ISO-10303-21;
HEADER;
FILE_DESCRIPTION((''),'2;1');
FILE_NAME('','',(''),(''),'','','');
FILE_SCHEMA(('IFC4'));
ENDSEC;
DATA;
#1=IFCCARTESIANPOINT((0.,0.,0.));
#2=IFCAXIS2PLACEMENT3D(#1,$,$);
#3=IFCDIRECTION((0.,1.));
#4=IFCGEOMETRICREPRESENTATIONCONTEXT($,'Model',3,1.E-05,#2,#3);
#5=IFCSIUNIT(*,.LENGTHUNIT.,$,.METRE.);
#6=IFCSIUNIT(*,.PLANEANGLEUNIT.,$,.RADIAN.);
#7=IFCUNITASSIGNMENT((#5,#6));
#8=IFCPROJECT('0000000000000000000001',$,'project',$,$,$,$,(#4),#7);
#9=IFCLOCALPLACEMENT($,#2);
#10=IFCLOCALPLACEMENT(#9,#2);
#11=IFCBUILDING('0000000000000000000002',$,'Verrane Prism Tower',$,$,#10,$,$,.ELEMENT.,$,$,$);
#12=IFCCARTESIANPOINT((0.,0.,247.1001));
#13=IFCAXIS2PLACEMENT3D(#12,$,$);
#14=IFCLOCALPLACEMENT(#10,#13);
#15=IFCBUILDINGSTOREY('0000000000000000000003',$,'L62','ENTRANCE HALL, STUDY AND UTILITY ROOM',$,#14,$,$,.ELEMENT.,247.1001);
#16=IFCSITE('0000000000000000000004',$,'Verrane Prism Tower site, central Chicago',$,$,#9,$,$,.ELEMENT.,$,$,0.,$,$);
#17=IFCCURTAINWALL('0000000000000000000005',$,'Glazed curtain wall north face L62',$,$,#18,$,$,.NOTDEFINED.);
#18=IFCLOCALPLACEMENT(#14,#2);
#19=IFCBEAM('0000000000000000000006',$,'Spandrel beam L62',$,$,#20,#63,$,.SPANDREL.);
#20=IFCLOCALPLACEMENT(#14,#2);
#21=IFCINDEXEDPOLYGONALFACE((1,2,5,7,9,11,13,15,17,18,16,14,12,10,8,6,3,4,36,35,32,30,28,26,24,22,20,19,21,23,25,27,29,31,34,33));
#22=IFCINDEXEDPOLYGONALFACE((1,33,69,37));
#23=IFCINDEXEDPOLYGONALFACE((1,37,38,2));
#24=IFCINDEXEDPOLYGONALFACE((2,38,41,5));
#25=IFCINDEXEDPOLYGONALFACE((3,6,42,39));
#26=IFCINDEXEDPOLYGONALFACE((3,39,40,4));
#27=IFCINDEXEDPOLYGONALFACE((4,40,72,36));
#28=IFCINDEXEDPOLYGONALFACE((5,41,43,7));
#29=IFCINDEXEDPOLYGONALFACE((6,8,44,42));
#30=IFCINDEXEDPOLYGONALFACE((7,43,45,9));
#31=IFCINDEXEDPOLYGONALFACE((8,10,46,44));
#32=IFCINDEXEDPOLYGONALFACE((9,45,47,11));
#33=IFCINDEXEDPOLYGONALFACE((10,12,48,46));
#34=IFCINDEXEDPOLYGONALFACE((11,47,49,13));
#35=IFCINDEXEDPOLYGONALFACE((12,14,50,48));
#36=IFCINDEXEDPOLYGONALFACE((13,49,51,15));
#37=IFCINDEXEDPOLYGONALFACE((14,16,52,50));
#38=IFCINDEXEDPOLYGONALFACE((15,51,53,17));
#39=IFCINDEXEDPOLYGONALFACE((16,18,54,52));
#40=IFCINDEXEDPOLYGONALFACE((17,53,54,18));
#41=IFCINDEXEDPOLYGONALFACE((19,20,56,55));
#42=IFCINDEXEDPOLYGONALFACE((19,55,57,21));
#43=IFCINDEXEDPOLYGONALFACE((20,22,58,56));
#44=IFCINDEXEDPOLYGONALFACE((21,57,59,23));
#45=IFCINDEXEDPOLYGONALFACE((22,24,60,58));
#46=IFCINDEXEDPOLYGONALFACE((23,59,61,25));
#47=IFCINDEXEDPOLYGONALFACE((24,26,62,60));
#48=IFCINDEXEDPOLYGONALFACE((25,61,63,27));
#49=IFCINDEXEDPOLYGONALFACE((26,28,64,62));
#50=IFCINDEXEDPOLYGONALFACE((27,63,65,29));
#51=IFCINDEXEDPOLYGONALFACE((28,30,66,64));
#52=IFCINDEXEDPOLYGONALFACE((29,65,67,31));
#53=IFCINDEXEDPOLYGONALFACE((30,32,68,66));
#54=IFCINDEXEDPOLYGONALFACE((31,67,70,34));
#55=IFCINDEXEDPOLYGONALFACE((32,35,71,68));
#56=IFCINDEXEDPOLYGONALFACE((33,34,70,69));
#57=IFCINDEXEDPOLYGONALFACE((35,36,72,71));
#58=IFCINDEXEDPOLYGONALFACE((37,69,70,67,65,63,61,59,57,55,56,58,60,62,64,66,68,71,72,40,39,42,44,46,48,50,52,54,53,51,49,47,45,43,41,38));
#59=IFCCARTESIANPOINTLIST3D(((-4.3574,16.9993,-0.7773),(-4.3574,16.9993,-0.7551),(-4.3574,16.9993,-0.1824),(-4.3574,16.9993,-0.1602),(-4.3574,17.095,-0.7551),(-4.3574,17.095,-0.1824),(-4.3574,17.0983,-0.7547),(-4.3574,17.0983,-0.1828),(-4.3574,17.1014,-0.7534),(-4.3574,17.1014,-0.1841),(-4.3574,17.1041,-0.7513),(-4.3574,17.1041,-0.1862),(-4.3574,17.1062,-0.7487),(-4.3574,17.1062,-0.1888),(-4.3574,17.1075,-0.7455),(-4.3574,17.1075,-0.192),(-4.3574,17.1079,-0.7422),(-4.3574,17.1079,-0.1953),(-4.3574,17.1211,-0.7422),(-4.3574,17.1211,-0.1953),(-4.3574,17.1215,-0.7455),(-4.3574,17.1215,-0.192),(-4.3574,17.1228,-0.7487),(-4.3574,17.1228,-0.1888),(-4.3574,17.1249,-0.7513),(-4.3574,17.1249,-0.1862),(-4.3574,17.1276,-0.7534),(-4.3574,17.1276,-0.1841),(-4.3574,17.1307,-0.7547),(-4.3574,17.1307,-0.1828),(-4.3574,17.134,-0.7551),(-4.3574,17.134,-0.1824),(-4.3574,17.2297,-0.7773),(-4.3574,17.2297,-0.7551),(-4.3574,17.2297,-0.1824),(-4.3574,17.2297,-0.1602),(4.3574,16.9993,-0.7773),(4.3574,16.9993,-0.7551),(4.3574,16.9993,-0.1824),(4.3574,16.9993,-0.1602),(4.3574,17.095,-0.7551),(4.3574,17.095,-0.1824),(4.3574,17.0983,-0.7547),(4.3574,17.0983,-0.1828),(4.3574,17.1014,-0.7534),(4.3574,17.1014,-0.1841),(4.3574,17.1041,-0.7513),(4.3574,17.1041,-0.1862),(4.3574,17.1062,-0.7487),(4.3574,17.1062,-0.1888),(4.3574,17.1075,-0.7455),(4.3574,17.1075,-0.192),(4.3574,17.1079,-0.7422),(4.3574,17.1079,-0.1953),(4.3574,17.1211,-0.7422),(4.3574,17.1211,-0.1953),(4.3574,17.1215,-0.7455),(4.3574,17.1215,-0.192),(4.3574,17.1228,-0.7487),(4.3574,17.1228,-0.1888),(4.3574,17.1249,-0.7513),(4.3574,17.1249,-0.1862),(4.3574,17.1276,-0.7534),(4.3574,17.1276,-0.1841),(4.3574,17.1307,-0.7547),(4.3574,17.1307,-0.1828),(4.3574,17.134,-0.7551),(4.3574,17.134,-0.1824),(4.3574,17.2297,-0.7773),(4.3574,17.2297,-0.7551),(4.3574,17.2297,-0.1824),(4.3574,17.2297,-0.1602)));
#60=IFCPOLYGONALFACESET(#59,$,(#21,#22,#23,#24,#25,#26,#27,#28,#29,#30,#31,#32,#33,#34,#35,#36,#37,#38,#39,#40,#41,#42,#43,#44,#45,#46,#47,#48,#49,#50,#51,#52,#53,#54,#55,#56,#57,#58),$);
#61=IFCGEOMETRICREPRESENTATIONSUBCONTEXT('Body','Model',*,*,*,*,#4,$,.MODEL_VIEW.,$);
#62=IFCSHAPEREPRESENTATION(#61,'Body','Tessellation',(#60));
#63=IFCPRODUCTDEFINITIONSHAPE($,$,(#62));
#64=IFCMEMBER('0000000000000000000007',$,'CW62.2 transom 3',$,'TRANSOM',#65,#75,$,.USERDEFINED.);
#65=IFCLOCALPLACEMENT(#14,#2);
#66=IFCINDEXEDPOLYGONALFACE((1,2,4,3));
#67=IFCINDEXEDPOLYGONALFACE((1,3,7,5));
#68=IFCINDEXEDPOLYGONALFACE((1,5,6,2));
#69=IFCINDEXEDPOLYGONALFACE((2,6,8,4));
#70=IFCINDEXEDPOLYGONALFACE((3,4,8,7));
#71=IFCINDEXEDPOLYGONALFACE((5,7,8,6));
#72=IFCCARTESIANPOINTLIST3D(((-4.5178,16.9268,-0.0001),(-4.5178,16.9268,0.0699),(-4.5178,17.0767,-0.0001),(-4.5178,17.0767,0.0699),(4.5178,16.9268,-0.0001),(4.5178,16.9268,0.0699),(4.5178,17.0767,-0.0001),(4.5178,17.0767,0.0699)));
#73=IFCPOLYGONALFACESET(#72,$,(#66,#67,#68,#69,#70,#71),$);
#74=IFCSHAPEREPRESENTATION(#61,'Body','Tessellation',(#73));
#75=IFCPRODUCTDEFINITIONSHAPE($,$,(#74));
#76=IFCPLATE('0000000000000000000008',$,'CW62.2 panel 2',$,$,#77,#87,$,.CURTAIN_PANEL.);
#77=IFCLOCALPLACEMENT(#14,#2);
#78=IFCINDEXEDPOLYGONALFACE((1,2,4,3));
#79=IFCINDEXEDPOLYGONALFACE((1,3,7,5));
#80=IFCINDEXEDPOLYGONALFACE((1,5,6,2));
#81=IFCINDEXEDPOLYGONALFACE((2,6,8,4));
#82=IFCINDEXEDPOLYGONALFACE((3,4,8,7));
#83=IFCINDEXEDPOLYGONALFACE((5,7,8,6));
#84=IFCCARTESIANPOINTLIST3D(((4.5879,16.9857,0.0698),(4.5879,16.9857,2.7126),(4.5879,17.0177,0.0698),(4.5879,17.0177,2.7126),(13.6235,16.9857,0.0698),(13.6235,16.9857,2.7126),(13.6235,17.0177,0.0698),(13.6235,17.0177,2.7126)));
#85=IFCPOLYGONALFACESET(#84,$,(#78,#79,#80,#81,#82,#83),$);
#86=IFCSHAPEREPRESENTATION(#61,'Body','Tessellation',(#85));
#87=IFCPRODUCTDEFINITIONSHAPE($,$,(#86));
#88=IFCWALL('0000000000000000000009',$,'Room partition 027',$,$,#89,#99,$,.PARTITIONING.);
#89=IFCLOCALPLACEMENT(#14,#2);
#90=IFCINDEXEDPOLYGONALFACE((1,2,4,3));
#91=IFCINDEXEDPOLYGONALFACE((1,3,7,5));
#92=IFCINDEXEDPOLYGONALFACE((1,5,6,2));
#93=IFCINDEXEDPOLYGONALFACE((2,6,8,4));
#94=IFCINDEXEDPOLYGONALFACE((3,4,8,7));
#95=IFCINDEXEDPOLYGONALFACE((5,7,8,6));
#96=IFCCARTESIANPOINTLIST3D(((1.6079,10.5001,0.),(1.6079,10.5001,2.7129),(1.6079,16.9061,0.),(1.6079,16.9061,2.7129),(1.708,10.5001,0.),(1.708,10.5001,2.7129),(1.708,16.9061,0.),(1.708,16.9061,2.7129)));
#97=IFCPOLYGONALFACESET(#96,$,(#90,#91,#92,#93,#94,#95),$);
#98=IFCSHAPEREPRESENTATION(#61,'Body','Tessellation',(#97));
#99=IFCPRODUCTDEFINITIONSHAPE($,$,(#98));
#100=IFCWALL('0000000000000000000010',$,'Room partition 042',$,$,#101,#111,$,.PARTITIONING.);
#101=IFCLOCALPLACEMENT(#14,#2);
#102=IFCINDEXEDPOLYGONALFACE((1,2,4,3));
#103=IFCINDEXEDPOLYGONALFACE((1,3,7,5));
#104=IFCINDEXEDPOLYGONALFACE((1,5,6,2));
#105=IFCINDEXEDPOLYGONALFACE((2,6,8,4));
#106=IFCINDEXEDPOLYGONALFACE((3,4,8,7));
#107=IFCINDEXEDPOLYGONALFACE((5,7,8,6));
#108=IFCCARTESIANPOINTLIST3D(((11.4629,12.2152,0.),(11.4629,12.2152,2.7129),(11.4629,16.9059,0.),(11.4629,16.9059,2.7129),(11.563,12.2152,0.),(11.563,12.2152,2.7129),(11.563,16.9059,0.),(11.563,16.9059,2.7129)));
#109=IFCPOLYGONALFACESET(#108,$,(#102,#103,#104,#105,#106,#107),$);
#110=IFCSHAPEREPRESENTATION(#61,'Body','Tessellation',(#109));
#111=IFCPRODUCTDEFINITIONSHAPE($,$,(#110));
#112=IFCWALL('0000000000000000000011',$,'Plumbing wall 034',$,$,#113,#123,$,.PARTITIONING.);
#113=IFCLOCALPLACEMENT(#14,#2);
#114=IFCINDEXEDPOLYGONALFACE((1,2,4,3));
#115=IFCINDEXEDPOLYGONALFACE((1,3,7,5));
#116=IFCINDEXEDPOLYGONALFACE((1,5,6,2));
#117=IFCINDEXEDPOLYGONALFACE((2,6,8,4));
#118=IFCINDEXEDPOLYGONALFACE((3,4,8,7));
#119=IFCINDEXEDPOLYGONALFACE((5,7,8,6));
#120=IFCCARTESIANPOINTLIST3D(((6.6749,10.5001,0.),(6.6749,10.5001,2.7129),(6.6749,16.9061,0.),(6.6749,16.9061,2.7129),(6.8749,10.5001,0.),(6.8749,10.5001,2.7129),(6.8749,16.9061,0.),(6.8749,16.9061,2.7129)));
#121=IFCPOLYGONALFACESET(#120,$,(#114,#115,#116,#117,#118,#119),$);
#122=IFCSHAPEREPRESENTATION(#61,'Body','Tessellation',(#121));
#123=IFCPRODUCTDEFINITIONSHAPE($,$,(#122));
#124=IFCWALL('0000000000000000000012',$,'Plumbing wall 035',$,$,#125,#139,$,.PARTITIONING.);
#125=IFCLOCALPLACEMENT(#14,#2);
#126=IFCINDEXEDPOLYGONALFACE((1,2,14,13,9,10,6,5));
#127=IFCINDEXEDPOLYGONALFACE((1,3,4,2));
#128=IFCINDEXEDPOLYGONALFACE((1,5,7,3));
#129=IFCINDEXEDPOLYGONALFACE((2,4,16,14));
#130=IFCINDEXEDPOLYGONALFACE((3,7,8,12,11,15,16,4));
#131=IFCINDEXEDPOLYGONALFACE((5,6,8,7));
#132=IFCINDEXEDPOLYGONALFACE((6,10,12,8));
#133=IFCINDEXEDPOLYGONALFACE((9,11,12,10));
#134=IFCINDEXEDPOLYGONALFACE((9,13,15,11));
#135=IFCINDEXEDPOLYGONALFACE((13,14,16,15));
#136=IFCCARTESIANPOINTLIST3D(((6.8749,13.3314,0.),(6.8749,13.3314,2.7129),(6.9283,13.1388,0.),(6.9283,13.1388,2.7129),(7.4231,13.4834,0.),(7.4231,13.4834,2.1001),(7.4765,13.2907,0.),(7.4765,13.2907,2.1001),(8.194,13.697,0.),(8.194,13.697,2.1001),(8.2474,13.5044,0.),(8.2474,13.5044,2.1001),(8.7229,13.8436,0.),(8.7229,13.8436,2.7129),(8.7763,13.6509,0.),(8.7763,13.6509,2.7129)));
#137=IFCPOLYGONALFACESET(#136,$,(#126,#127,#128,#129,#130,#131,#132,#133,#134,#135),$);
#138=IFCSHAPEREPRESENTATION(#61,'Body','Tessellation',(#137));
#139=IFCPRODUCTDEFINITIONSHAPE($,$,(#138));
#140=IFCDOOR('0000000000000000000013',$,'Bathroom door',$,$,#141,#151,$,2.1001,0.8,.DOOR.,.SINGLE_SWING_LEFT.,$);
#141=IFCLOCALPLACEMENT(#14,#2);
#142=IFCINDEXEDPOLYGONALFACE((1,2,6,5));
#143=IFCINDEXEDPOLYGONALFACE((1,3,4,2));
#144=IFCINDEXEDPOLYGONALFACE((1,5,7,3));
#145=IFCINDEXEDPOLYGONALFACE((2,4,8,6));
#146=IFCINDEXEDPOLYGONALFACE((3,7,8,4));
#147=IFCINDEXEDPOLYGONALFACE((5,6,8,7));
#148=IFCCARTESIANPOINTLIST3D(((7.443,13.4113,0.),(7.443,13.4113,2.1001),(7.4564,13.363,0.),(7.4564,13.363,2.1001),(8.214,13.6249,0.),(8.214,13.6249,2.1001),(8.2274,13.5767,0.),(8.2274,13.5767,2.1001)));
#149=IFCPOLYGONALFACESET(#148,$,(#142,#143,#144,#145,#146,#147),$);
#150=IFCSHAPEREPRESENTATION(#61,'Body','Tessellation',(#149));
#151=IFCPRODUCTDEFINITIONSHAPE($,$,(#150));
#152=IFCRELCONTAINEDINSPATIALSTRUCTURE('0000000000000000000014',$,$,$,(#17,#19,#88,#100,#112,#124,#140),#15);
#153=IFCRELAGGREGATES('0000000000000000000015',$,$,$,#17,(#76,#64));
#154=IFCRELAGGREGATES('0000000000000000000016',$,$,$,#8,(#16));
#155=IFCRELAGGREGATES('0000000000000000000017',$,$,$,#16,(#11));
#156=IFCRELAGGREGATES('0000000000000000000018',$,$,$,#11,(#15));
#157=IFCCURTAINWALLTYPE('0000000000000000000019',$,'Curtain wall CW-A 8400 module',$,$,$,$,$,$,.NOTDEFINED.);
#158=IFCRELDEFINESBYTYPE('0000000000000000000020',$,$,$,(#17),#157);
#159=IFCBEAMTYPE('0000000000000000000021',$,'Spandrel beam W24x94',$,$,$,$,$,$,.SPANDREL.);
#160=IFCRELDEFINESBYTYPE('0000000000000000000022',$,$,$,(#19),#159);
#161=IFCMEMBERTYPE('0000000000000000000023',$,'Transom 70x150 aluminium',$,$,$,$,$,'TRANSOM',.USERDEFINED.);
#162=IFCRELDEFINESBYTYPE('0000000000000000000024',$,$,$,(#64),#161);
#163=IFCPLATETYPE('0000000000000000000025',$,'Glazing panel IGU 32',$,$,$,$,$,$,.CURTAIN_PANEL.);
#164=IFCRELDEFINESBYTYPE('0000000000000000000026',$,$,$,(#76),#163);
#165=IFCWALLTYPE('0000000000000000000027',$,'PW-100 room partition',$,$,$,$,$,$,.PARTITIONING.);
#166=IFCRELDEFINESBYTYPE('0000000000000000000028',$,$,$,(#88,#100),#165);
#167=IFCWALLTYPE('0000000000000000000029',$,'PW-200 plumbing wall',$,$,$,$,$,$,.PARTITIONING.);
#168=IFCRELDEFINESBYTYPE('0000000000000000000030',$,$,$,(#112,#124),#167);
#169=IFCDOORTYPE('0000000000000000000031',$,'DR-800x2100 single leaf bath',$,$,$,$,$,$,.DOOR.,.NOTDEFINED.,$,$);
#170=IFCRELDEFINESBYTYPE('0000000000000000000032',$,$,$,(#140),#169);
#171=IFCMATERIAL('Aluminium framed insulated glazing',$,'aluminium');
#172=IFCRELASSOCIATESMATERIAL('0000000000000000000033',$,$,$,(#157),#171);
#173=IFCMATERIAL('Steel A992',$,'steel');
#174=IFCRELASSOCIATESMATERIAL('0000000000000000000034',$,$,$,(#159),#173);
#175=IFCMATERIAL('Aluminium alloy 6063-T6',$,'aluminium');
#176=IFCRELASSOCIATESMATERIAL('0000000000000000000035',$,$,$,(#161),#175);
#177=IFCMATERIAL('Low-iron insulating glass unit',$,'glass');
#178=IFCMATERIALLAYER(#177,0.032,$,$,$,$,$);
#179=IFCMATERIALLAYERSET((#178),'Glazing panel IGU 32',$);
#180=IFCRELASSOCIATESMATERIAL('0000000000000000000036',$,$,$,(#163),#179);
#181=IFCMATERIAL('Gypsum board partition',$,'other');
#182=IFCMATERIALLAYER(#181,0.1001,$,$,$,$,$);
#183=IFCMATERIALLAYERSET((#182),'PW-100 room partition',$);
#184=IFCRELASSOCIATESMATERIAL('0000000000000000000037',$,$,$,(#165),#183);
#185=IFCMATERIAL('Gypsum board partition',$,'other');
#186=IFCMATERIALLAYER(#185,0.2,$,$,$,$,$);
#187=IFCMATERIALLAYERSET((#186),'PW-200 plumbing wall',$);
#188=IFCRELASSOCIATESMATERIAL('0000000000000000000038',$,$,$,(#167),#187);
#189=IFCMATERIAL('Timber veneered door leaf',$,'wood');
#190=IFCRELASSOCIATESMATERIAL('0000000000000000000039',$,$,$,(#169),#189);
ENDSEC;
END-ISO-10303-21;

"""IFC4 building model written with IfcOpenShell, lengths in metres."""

from ifc_helpers import new_model, si_unit, direction, frame, frame_2d, origin, origin_2d, place, context, subcontext, project, spatial, rectangle, i_section, extrude, material, layer, layer_set, material_profile, profile_set, type_object, element, fill, aggregate, save


model = new_model("IFC4")

# Units and contexts
model_context = context("Model", 3, precision=1e-05, world=origin(), true_north=direction((0.0, 1.0)))
body_context = subcontext(model_context, "Body", "Model", "MODEL_VIEW")
ifc_project = project(units=[si_unit("LENGTHUNIT", "METRE"), si_unit("PLANEANGLEUNIT", "RADIAN")], contexts=[model_context])

# Site, building, storey
site_placement = place(None, origin())
site = spatial("IfcSite", under=ifc_project, at=site_placement, Name="Verrane Prism Tower site, central Chicago", CompositionType="ELEMENT", RefElevation=0.0)
building_placement = place(site_placement, origin())
building = spatial("IfcBuilding", under=site, at=building_placement, Name="Verrane Prism Tower", CompositionType="ELEMENT")
storey_placement = place(building_placement, frame((0.0, 0.0, 247.1001)))
storey = spatial("IfcBuildingStorey", under=building, at=storey_placement, Name="L62", Description="ENTRANCE HALL, STUDY AND UTILITY ROOM", CompositionType="ELEMENT", Elevation=247.1001)

# Curtain wall
ifc_material_1 = material(Name="Aluminium framed insulated glazing", Category="aluminium")
curtain_wall_type = type_object("IfcCurtainWallType", Name="Curtain wall CW-A 8400 module", PredefinedType="NOTDEFINED", material=ifc_material_1)
curtain_wall_placement = place(storey_placement, origin())
curtain_wall = element("IfcCurtainWall", 1, at=curtain_wall_placement, inside=storey, type_object=curtain_wall_type, Name="Glazed curtain wall north face L62", PredefinedType="NOTDEFINED")

# Beam
ifc_material_2 = material(Name="Steel A992", Category="steel")
ifc_material_profile_1 = material_profile(ifc_material_2, i_section(OverallWidth=0.2305, OverallDepth=0.6172, WebThickness=0.0132, FlangeThickness=0.0222, FilletRadius=0.0129, at=origin_2d()), Name="W24x94")
ifc_profile_set_1 = profile_set([ifc_material_profile_1], Name="Steel A992")
beam_type_1 = type_object("IfcBeamType", Name="Spandrel beam W24x94", PredefinedType="SPANDREL", material=ifc_profile_set_1)
beam_1_placement = place(storey_placement, frame((4.3574, 17.1145, -0.4688), z_axis=(-1.0, 0.0, 0.0), x_axis=(0.0, -1.0, 0.0)))
element("IfcBeam", 2, at=beam_1_placement, inside=storey, type_object=beam_type_1, Name="Spandrel beam L62", PredefinedType="SPANDREL", context=body_context, shape_type="SweptSolid", body=[
    extrude(i_section(OverallWidth=0.2305, OverallDepth=0.6172, WebThickness=0.0132, FlangeThickness=0.0222, FilletRadius=0.0129, at=origin_2d()), origin(), (0.0, 0.0, 1.0), 8.7148),
])

# Member
ifc_material_3 = material(Name="Aluminium alloy 6063-T6", Category="aluminium")
ifc_material_profile_2 = material_profile(ifc_material_3, rectangle(XDim=0.1499, YDim=0.0701, at=origin_2d()), Name="Transom 70x150 aluminium")
ifc_profile_set_2 = profile_set([ifc_material_profile_2], Name="Aluminium alloy 6063-T6")
member_type_1 = type_object("IfcMemberType", Name="Transom 70x150 aluminium", ElementType="TRANSOM", PredefinedType="USERDEFINED", material=ifc_profile_set_2)
member_1_placement = place(storey_placement, frame((4.5178, 17.0017, 0.0349), z_axis=(-1.0, 0.0, 0.0), x_axis=(0.0, -1.0, 0.0)))
member_1 = element("IfcMember", 3, at=member_1_placement, type_object=member_type_1, Name="CW62.2 transom 3", ObjectType="TRANSOM", PredefinedType="USERDEFINED", context=body_context, shape_type="SweptSolid", body=[
    extrude(rectangle(XDim=0.1499, YDim=0.0701, at=origin_2d()), origin(), (0.0, 0.0, 1.0), 9.0356),
])

# Plate
ifc_material_4 = material(Name="Low-iron insulating glass unit", Category="glass")
ifc_layer_1 = layer(ifc_material_4, 0.032)
ifc_layer_set_1 = layer_set([ifc_layer_1], Name="Glazing panel IGU 32")
plate_type = type_object("IfcPlateType", Name="Glazing panel IGU 32", PredefinedType="CURTAIN_PANEL", material=ifc_layer_set_1)
plate_placement = place(storey_placement, frame((9.1057, 17.0017, 0.0698), z_axis=(0.0, 0.0, 1.0), x_axis=(-1.0, 0.0, 0.0)))
plate = element("IfcPlate", 4, at=plate_placement, type_object=plate_type, Name="CW62.2 panel 2", PredefinedType="CURTAIN_PANEL", context=body_context, shape_type="SweptSolid", body=[
    extrude(rectangle(XDim=9.0356, YDim=0.032, at=origin_2d()), origin(), (0.0, 0.0, 1.0), 2.6428),
])
aggregate(curtain_wall, [plate, member_1])

# Walls
ifc_material_5 = material(Name="Gypsum board partition", Category="other")
ifc_layer_2 = layer(ifc_material_5, 0.1001)
ifc_layer_set_2 = layer_set([ifc_layer_2], Name="PW-100 room partition")
wall_type_1 = type_object("IfcWallType", Name="PW-100 room partition", PredefinedType="PARTITIONING", material=ifc_layer_set_2)
wall_1_placement = place(storey_placement, frame((1.658, 10.5, 0.0), z_axis=(0.0, 0.0, 1.0), x_axis=(0.0, 1.0, 0.0)))
element("IfcWall", 5, at=wall_1_placement, inside=storey, type_object=wall_type_1, Name="Room partition 027", PredefinedType="PARTITIONING", context=body_context, shape_type="SweptSolid", body=[
    extrude(rectangle(XDim=6.406, YDim=0.1001, at=frame_2d((3.2031, 0.0))), origin(), (0.0, 0.0, 1.0), 2.7129),
])
wall_2_placement = place(storey_placement, frame((11.5129, 12.2153, 0.0), z_axis=(0.0, 0.0, 1.0), x_axis=(0.0, 1.0, 0.0)))
element("IfcWall", 6, at=wall_2_placement, inside=storey, type_object=wall_type_1, Name="Room partition 042", PredefinedType="PARTITIONING", context=body_context, shape_type="SweptSolid", body=[
    extrude(rectangle(XDim=4.6907, YDim=0.1001, at=frame_2d((2.3452, 0.0))), origin(), (0.0, 0.0, 1.0), 2.7129),
])
ifc_material_6 = material(Name="Gypsum board partition", Category="other")
ifc_layer_3 = layer(ifc_material_6, 0.2)
ifc_layer_set_3 = layer_set([ifc_layer_3], Name="PW-200 plumbing wall")
wall_type_2 = type_object("IfcWallType", Name="PW-200 plumbing wall", PredefinedType="PARTITIONING", material=ifc_layer_set_3)
wall_3_placement = place(storey_placement, frame((6.7749, 10.5, 0.0), z_axis=(0.0, 0.0, 1.0), x_axis=(0.0, 1.0, 0.0)))
element("IfcWall", 7, at=wall_3_placement, inside=storey, type_object=wall_type_2, Name="Plumbing wall 034", PredefinedType="PARTITIONING", context=body_context, shape_type="SweptSolid", body=[
    extrude(rectangle(XDim=6.406, YDim=0.2, at=frame_2d((3.2031, 0.0))), origin(), (0.0, 0.0, 1.0), 2.7129),
])

# Wall, opening, door
wall_4_placement = place(storey_placement, frame((8.7498, 13.7473, 0.0), z_axis=(0.0, 0.0, 1.0), x_axis=(-0.963675, -0.267079, 0.0)))
wall_4 = element("IfcWall", 8, at=wall_4_placement, inside=storey, type_object=wall_type_2, Name="Plumbing wall 035", PredefinedType="PARTITIONING", context=body_context, shape_type="SweptSolid", body=[
    extrude(rectangle(XDim=1.9177, YDim=0.2, at=frame_2d((0.959, 0.0))), origin(), (0.0, 0.0, 1.0), 2.7129),
])
opening_1_placement = place(wall_4_placement, frame((0.5491, 0.0, 0.0)))
opening_1 = element("IfcOpeningElement", 9, at=opening_1_placement, cuts=wall_4, PredefinedType="OPENING", context=body_context, shape_type="SweptSolid", body=[
    extrude(rectangle(XDim=0.8, YDim=2.1001, at=frame_2d((0.3999, 1.05))), frame((0.0, 0.1099, 0.0), z_axis=(0.0, -1.0, 0.0), x_axis=(1.0, 0.0, 0.0)), (0.0, 0.0, 1.0), 0.22),
])
ifc_material_7 = material(Name="Timber veneered door leaf", Category="wood")
door_type_1 = type_object("IfcDoorType", Name="DR-800x2100 single leaf bath", OperationType="NOTDEFINED", PredefinedType="DOOR", material=ifc_material_7)
door_1_placement = place(opening_1_placement, origin())
door_1 = element("IfcDoor", 10, at=door_1_placement, inside=storey, type_object=door_type_1, Name="Bathroom door", OperationType="SINGLE_SWING_LEFT", OverallHeight=2.1001, OverallWidth=0.8, PredefinedType="DOOR", context=body_context, shape_type="SweptSolid", body=[
    extrude(rectangle(XDim=0.8, YDim=2.1001, at=frame_2d((0.3999, 1.05))), frame((0.0, 0.0249, 0.0), z_axis=(0.0, -1.0, 0.0), x_axis=(1.0, 0.0, 0.0)), (0.0, 0.0, 1.0), 0.05),
])
fill(opening_1, door_1)

save(model, "model.ifc")
